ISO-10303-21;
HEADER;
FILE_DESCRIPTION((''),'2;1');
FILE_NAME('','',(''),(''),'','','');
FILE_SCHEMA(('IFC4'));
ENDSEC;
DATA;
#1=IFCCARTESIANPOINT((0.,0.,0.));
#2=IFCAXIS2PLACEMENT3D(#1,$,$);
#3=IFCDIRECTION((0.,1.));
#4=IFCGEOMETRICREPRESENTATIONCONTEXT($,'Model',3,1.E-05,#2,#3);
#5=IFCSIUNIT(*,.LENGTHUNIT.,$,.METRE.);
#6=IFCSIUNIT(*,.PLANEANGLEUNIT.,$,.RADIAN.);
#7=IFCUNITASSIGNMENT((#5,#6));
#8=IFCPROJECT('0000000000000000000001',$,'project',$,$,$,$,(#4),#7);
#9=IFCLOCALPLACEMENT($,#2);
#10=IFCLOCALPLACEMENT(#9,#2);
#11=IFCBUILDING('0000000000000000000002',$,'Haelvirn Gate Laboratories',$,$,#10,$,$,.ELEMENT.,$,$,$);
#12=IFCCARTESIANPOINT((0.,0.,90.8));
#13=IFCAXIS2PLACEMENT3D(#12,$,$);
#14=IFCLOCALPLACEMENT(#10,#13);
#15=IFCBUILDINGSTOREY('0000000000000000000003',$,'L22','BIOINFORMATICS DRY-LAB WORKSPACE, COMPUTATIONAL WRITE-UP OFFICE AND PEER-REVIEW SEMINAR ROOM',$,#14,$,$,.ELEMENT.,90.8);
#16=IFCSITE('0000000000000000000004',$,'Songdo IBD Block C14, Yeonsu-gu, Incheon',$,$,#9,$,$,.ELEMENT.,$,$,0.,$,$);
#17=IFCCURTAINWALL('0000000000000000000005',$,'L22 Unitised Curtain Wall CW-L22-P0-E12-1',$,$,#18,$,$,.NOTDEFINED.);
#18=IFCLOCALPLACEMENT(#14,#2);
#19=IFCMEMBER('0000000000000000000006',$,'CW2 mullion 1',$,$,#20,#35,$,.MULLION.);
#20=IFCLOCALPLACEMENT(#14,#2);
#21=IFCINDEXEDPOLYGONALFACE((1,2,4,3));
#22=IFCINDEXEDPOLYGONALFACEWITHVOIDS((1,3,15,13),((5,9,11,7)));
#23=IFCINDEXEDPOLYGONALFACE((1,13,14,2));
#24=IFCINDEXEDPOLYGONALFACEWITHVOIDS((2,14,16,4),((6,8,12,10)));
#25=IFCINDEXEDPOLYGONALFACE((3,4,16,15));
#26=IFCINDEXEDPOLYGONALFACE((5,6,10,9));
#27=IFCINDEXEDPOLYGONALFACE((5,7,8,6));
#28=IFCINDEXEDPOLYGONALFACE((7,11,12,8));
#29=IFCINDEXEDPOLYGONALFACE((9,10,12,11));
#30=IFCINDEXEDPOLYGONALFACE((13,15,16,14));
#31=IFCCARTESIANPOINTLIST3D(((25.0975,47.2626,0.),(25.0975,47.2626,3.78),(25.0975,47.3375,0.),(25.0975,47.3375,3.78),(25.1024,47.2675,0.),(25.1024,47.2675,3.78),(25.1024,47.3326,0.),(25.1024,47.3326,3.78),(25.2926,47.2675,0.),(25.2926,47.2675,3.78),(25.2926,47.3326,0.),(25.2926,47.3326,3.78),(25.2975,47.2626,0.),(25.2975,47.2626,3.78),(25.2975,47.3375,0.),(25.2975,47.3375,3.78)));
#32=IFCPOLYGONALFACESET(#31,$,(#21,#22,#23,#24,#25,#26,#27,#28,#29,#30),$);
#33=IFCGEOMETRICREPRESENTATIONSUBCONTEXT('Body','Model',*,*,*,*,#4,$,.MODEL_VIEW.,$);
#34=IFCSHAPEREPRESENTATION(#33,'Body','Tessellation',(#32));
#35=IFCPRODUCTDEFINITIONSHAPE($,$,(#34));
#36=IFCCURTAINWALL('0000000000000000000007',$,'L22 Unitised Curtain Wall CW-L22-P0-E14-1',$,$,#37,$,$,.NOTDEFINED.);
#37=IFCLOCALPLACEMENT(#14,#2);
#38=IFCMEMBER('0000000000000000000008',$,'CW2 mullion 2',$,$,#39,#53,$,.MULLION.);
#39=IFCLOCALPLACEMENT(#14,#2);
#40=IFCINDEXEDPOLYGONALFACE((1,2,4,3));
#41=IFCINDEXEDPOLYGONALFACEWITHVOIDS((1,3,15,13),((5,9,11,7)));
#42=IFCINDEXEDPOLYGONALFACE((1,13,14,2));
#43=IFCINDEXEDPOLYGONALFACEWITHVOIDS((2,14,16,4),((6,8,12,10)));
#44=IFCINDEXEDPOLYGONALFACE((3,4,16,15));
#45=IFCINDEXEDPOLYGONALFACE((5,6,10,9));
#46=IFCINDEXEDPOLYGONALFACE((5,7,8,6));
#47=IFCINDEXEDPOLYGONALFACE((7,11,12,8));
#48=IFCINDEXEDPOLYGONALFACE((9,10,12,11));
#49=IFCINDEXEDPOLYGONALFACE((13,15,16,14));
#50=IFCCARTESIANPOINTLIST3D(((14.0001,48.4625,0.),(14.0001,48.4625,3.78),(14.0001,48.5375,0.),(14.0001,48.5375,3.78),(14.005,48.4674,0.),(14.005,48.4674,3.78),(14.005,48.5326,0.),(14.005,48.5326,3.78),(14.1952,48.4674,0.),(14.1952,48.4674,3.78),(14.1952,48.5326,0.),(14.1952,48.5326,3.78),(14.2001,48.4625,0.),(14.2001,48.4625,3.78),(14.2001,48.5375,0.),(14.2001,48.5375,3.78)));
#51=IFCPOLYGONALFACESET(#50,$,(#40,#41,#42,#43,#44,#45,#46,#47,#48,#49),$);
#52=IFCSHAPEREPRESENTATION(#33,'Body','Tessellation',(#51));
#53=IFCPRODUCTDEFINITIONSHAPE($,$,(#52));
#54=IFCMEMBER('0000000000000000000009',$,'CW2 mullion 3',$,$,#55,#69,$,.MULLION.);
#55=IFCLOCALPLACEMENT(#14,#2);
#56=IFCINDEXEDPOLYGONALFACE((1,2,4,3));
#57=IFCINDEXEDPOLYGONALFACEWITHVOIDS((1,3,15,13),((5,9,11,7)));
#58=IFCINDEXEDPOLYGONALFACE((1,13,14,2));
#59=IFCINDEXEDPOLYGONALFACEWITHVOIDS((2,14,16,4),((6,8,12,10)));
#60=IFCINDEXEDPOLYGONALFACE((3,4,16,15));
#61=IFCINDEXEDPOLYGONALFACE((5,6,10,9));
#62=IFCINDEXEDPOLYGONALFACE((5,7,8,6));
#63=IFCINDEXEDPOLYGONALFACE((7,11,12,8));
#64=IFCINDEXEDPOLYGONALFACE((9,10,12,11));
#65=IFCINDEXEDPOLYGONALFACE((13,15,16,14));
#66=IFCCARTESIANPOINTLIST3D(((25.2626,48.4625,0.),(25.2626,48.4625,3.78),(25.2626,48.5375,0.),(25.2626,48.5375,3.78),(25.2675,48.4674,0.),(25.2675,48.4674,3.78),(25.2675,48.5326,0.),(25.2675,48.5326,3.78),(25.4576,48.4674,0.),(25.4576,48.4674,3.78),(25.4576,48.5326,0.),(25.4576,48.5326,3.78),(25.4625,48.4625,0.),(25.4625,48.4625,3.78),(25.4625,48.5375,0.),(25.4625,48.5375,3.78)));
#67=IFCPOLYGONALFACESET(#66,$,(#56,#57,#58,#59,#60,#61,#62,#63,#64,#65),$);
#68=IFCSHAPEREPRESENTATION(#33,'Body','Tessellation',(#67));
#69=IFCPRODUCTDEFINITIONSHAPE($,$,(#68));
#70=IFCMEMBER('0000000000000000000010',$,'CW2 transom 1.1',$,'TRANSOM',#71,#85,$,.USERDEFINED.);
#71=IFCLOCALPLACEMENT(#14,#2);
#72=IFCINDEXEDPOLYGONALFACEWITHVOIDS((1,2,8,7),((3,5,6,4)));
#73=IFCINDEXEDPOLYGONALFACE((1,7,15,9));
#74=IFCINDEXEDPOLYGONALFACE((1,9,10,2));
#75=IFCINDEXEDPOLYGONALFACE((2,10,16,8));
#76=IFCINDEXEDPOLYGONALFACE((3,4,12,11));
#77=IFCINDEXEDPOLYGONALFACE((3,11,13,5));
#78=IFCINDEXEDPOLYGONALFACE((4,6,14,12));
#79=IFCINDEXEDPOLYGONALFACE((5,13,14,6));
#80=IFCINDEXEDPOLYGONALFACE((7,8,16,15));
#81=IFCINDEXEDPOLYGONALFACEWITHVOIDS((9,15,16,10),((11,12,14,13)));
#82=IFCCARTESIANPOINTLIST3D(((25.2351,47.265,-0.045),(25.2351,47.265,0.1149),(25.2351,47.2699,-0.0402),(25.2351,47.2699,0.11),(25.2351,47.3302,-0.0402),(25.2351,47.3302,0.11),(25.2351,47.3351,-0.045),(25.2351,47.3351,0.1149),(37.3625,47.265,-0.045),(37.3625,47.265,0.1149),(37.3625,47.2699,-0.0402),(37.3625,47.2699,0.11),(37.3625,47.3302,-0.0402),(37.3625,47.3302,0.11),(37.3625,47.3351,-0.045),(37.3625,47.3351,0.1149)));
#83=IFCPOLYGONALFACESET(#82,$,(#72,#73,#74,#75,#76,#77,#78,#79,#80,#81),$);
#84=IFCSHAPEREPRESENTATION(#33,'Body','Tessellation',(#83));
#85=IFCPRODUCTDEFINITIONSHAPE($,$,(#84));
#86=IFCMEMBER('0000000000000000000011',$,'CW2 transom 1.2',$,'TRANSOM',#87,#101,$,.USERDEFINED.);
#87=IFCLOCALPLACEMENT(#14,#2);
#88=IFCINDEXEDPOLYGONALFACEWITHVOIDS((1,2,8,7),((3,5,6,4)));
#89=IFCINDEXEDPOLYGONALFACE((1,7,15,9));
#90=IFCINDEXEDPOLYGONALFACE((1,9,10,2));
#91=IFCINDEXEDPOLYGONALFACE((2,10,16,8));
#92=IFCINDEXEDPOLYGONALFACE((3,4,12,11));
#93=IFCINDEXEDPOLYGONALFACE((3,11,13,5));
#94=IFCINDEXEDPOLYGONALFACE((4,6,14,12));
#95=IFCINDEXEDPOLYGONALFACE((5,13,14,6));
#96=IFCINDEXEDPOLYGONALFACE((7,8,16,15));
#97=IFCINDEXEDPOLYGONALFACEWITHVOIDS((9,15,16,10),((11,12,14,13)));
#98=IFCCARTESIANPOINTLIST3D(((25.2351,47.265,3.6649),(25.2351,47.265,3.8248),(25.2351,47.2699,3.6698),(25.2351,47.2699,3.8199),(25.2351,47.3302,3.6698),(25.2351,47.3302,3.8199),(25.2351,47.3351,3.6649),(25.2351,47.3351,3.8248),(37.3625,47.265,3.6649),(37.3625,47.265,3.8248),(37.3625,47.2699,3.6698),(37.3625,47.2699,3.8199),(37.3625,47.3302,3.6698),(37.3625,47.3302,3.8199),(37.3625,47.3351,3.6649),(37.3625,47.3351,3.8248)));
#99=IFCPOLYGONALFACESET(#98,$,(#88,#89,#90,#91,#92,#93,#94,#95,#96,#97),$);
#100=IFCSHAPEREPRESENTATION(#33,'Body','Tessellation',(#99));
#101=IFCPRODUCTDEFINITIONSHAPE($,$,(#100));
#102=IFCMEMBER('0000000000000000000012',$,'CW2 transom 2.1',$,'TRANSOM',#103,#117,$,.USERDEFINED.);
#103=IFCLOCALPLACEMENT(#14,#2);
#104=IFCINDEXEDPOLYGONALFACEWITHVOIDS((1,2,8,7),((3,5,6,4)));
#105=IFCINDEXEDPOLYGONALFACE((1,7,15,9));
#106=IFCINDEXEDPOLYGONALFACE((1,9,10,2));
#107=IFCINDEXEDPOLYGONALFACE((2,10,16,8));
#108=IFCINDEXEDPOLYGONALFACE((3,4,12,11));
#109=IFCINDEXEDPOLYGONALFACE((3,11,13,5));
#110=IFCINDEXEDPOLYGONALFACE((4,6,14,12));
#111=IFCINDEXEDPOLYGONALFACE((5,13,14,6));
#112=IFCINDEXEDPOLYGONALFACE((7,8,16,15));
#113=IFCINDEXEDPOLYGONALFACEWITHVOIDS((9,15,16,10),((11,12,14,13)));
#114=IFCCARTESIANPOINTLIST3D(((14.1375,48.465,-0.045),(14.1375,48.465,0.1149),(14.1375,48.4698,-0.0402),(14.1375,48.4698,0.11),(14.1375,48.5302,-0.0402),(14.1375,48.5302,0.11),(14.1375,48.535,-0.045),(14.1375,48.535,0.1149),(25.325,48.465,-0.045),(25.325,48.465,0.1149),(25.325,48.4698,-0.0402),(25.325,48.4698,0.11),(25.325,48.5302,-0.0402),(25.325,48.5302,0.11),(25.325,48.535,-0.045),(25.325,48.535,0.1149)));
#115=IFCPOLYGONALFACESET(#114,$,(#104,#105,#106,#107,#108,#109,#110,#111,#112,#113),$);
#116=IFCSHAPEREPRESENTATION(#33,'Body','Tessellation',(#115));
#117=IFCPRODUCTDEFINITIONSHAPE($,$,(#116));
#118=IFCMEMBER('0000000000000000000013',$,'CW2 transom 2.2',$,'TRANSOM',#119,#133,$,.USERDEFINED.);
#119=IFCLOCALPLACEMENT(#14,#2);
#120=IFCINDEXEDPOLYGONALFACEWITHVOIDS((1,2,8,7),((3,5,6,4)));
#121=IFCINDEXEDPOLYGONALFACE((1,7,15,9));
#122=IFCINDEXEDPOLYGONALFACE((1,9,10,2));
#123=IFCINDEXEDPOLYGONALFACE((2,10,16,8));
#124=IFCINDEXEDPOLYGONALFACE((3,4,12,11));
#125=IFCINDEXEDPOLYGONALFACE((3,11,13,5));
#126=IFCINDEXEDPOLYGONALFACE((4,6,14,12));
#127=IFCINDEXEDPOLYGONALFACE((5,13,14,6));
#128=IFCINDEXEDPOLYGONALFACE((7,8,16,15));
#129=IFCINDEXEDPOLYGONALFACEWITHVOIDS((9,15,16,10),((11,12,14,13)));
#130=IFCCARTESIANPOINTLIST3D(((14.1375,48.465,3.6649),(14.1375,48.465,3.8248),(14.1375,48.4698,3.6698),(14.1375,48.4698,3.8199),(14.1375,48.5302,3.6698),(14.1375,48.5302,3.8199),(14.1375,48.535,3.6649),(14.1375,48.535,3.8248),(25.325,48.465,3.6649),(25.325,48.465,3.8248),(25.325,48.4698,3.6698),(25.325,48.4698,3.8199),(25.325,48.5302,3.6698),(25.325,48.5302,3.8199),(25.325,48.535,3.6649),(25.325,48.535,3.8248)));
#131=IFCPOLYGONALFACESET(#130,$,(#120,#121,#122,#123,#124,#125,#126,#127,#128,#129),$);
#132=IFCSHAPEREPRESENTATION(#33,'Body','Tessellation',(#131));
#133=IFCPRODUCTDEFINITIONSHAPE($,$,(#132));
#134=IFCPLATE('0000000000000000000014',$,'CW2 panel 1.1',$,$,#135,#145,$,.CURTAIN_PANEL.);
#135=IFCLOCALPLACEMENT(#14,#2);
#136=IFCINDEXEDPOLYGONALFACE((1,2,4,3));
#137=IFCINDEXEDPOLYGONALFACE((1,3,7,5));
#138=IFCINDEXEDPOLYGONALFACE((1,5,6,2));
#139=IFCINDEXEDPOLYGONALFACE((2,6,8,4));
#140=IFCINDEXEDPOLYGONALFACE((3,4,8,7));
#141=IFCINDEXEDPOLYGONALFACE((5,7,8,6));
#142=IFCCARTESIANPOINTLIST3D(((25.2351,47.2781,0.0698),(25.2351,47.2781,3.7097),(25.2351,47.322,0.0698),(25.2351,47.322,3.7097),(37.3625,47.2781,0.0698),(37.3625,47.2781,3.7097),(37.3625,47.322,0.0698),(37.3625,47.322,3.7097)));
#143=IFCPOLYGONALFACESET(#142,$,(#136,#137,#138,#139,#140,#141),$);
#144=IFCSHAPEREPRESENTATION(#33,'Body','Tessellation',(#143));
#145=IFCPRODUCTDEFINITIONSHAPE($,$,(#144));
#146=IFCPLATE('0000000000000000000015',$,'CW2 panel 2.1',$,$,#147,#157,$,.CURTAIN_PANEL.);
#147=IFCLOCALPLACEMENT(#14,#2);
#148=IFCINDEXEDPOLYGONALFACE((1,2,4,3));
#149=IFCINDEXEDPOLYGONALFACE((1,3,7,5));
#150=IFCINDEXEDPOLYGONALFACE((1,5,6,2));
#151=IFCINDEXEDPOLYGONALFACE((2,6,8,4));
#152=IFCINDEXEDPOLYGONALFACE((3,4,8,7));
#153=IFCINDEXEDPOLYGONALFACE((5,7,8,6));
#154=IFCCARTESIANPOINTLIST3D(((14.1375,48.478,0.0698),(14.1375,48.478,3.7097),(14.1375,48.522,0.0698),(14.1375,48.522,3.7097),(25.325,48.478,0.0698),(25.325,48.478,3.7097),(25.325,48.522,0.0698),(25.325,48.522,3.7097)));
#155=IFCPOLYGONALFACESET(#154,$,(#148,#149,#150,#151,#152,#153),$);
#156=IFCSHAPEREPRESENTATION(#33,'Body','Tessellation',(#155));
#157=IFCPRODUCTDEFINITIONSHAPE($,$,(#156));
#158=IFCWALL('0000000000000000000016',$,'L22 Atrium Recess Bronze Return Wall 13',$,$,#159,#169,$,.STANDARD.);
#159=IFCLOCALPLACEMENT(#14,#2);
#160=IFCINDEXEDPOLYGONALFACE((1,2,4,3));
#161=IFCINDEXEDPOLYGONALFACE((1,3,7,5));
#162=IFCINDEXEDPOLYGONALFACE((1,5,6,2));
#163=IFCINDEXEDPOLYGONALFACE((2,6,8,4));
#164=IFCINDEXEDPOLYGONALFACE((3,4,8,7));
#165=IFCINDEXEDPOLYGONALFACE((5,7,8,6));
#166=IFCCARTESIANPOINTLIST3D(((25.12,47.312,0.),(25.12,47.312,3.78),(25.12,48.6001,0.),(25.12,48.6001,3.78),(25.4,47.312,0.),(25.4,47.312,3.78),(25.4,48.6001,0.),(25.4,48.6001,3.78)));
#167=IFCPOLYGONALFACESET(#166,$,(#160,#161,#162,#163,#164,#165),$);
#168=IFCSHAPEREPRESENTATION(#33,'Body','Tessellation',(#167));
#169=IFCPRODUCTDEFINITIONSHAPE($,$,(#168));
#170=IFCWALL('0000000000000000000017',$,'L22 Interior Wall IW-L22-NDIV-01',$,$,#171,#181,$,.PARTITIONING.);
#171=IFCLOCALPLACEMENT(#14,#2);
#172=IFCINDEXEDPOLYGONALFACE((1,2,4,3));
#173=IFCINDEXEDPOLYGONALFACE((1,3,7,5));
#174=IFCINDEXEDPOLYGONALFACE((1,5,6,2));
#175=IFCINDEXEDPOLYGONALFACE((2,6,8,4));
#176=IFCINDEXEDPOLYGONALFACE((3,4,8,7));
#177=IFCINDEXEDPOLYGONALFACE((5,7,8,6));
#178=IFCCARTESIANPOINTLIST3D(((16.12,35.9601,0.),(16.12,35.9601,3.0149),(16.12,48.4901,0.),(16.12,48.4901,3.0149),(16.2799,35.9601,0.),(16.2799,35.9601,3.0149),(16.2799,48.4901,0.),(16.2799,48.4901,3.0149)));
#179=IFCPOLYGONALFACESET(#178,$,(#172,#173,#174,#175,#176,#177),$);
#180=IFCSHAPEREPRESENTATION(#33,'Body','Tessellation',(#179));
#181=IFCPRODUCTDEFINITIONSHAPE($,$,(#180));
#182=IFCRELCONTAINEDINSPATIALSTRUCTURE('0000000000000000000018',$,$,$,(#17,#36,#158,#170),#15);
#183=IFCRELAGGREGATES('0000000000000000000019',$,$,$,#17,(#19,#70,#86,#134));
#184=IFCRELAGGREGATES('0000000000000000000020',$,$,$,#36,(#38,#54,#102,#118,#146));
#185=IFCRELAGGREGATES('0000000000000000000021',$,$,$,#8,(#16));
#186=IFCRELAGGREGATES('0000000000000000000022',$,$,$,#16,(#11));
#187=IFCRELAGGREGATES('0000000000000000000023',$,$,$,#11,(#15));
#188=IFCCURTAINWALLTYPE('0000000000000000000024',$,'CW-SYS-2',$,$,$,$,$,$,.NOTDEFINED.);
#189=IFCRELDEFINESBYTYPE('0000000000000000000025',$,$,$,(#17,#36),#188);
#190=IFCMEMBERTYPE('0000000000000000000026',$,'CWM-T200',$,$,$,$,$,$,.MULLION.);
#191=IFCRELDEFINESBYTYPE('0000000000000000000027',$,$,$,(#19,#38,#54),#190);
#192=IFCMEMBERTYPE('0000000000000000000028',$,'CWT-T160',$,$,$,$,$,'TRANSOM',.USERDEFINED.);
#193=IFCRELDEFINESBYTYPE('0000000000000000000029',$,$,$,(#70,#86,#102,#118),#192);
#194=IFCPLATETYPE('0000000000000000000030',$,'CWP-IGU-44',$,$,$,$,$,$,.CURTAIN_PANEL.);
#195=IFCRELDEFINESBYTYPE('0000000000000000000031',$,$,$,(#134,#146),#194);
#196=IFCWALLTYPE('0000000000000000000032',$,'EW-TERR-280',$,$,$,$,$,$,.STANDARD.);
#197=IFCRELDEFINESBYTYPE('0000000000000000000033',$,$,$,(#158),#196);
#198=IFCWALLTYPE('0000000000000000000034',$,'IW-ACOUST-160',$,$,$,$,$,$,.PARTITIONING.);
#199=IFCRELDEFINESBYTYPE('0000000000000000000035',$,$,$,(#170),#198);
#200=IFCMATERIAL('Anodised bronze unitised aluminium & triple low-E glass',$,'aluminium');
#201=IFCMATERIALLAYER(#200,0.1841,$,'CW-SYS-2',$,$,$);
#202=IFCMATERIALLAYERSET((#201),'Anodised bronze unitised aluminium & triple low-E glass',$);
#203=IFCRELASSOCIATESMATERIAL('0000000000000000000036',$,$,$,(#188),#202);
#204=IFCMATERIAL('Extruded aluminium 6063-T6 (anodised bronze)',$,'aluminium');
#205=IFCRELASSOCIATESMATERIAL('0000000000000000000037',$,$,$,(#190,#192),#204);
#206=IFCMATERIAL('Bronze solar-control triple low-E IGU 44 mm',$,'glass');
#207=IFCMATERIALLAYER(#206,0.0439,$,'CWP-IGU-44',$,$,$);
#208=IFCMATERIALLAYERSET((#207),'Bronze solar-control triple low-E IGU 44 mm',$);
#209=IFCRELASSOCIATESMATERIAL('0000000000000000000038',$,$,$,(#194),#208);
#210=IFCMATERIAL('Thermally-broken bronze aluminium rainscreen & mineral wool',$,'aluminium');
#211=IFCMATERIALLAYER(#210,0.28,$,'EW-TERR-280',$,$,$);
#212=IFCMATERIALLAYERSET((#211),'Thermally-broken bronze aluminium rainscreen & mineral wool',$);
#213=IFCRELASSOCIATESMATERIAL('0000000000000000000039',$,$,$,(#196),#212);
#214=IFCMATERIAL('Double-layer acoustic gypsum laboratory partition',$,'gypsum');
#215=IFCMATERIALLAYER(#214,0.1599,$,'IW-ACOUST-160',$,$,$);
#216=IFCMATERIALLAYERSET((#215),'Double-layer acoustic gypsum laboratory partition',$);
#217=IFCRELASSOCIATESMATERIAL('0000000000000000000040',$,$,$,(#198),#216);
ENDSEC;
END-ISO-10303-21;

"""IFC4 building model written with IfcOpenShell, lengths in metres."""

from ifc_helpers import new_model, si_unit, direction, frame, frame_2d, origin, origin_2d, place, context, subcontext, project, spatial, rectangle, hollow_rectangle, extrude, source, transform, mapped, material, layer, layer_set, material_profile, profile_set, type_object, type_shapes, element, aggregate, save


model = new_model("IFC4")

# Units and contexts
model_context = context("Model", 3, precision=1e-05, world=origin(), true_north=direction((0.0, 1.0)))
body_context = subcontext(model_context, "Body", "Model", "MODEL_VIEW")
ifc_project = project(units=[si_unit("LENGTHUNIT", "METRE"), si_unit("PLANEANGLEUNIT", "RADIAN")], contexts=[model_context])

# Site, building, storey
site_placement = place(None, origin())
site = spatial("IfcSite", under=ifc_project, at=site_placement, Name="Songdo IBD Block C14, Yeonsu-gu, Incheon", CompositionType="ELEMENT", RefElevation=0.0)
building_placement = place(site_placement, origin())
building = spatial("IfcBuilding", under=site, at=building_placement, Name="Haelvirn Gate Laboratories", CompositionType="ELEMENT")
storey_placement = place(building_placement, frame((0.0, 0.0, 90.8)))
storey = spatial("IfcBuildingStorey", under=building, at=storey_placement, Name="L22", Description="BIOINFORMATICS DRY-LAB WORKSPACE, COMPUTATIONAL WRITE-UP OFFICE AND PEER-REVIEW SEMINAR ROOM", CompositionType="ELEMENT", Elevation=90.8)

# Curtain wall, member
ifc_material_1 = material(Name="Anodised bronze unitised aluminium & triple low-E glass", Category="aluminium")
ifc_layer_1 = layer(ifc_material_1, 0.1841, Name="CW-SYS-2")
ifc_layer_set_1 = layer_set([ifc_layer_1], Name="Anodised bronze unitised aluminium & triple low-E glass")
curtain_wall_type = type_object("IfcCurtainWallType", Name="CW-SYS-2", PredefinedType="NOTDEFINED", material=ifc_layer_set_1)
curtain_wall_1_placement = place(storey_placement, origin())
curtain_wall_1 = element("IfcCurtainWall", 1, at=curtain_wall_1_placement, inside=storey, type_object=curtain_wall_type, Name="L22 Unitised Curtain Wall CW-L22-P0-E12-1", PredefinedType="NOTDEFINED")
ifc_material_2 = material(Name="Extruded aluminium 6063-T6 (anodised bronze)", Category="aluminium")
ifc_material_profile_1 = material_profile(ifc_material_2, hollow_rectangle(XDim=0.075, YDim=0.2, WallThickness=0.0049, at=origin_2d()), Name="CWM-200x75x5")
ifc_profile_set_1 = profile_set([ifc_material_profile_1], Name="Extruded aluminium 6063-T6 (anodised bronze)")
member_type_1 = type_object("IfcMemberType", Name="CWM-T200", PredefinedType="MULLION", material=ifc_profile_set_1)
shared_shape_1 = source(origin(), body_context, "Body", "SweptSolid", [
    extrude(hollow_rectangle(XDim=0.075, YDim=0.2, WallThickness=0.0049, at=origin_2d()), origin(), (0.0, 0.0, 1.0), 3.78),
])
type_shapes(member_type_1, [shared_shape_1])
member_1_placement = place(storey_placement, frame((25.1975, 47.3, 0.0), z_axis=(0.0, 0.0, 1.0), x_axis=(0.0, 1.0, 0.0)))
member_1 = element("IfcMember", 2, at=member_1_placement, type_object=member_type_1, Name="CW2 mullion 1", PredefinedType="MULLION", context=body_context, shape_type="MappedRepresentation", body=[
    mapped(shared_shape_1, transform((0.0, 0.0, 0.0), scale=1.0)),
])

# Curtain wall, members
curtain_wall_2_placement = place(storey_placement, origin())
curtain_wall_2 = element("IfcCurtainWall", 3, at=curtain_wall_2_placement, inside=storey, type_object=curtain_wall_type, Name="L22 Unitised Curtain Wall CW-L22-P0-E14-1", PredefinedType="NOTDEFINED")
member_2_placement = place(storey_placement, frame((14.1001, 48.5, 0.0), z_axis=(0.0, 0.0, 1.0), x_axis=(0.0, 1.0, 0.0)))
member_2 = element("IfcMember", 4, at=member_2_placement, type_object=member_type_1, Name="CW2 mullion 2", PredefinedType="MULLION", context=body_context, shape_type="MappedRepresentation", body=[
    mapped(shared_shape_1, transform((0.0, 0.0, 0.0), scale=1.0)),
])
member_3_placement = place(storey_placement, frame((25.3625, 48.5, 0.0), z_axis=(0.0, 0.0, 1.0), x_axis=(0.0, 1.0, 0.0)))
member_3 = element("IfcMember", 5, at=member_3_placement, type_object=member_type_1, Name="CW2 mullion 3", PredefinedType="MULLION", context=body_context, shape_type="MappedRepresentation", body=[
    mapped(shared_shape_1, transform((0.0, 0.0, 0.0), scale=1.0)),
])

# Members
ifc_material_profile_2 = material_profile(ifc_material_2, hollow_rectangle(XDim=0.0701, YDim=0.1599, WallThickness=0.0049, at=origin_2d()), Name="CWT-160x70x5")
ifc_profile_set_2 = profile_set([ifc_material_profile_2], Name="Extruded aluminium 6063-T6 (anodised bronze)")
member_type_2 = type_object("IfcMemberType", Name="CWT-T160", ElementType="TRANSOM", PredefinedType="USERDEFINED", material=ifc_profile_set_2)
shared_shape_2 = source(origin(), body_context, "Body", "SweptSolid", [
    extrude(hollow_rectangle(XDim=0.0701, YDim=0.1599, WallThickness=0.0049, at=origin_2d()), origin(), (0.0, 0.0, 1.0), 12.1274),
])
member_4_placement = place(storey_placement, frame((25.2351, 47.3, 0.0349), z_axis=(1.0, 0.0, 0.0), x_axis=(0.0, 1.0, 0.0)))
member_4 = element("IfcMember", 6, at=member_4_placement, type_object=member_type_2, Name="CW2 transom 1.1", ObjectType="TRANSOM", PredefinedType="USERDEFINED", context=body_context, shape_type="MappedRepresentation", body=[
    mapped(shared_shape_2, transform((0.0, 0.0, 0.0), scale=1.0)),
])
member_5_placement = place(storey_placement, frame((25.2351, 47.3, 3.7449), z_axis=(1.0, 0.0, 0.0), x_axis=(0.0, 1.0, 0.0)))
member_5 = element("IfcMember", 7, at=member_5_placement, type_object=member_type_2, Name="CW2 transom 1.2", ObjectType="TRANSOM", PredefinedType="USERDEFINED", context=body_context, shape_type="MappedRepresentation", body=[
    mapped(shared_shape_2, transform((0.0, 0.0, 0.0), scale=1.0)),
])
shared_shape_3 = source(origin(), body_context, "Body", "SweptSolid", [
    extrude(hollow_rectangle(XDim=0.0701, YDim=0.1599, WallThickness=0.0049, at=origin_2d()), origin(), (0.0, 0.0, 1.0), 11.1875),
])
type_shapes(member_type_2, [shared_shape_2, shared_shape_3])
member_6_placement = place(storey_placement, frame((14.1375, 48.5, 0.0349), z_axis=(1.0, 0.0, 0.0), x_axis=(0.0, 1.0, 0.0)))
member_6 = element("IfcMember", 8, at=member_6_placement, type_object=member_type_2, Name="CW2 transom 2.1", ObjectType="TRANSOM", PredefinedType="USERDEFINED", context=body_context, shape_type="MappedRepresentation", body=[
    mapped(shared_shape_3, transform((0.0, 0.0, 0.0), scale=1.0)),
])
member_7_placement = place(storey_placement, frame((14.1375, 48.5, 3.7449), z_axis=(1.0, 0.0, 0.0), x_axis=(0.0, 1.0, 0.0)))
member_7 = element("IfcMember", 9, at=member_7_placement, type_object=member_type_2, Name="CW2 transom 2.2", ObjectType="TRANSOM", PredefinedType="USERDEFINED", context=body_context, shape_type="MappedRepresentation", body=[
    mapped(shared_shape_3, transform((0.0, 0.0, 0.0), scale=1.0)),
])

# Plates
ifc_material_3 = material(Name="Bronze solar-control triple low-E IGU 44 mm", Category="glass")
ifc_layer_2 = layer(ifc_material_3, 0.0439, Name="CWP-IGU-44")
ifc_layer_set_2 = layer_set([ifc_layer_2], Name="Bronze solar-control triple low-E IGU 44 mm")
plate_type = type_object("IfcPlateType", Name="CWP-IGU-44", PredefinedType="CURTAIN_PANEL", material=ifc_layer_set_2)
shared_shape_4 = source(origin(), body_context, "Body", "SweptSolid", [
    extrude(rectangle(XDim=12.1274, YDim=0.0439, at=origin_2d()), origin(), (0.0, 0.0, 1.0), 3.6399),
])
plate_1_placement = place(storey_placement, frame((31.2988, 47.3, 0.0698), z_axis=(0.0, 0.0, 1.0), x_axis=(1.0, 0.0, 0.0)))
plate_1 = element("IfcPlate", 10, at=plate_1_placement, type_object=plate_type, Name="CW2 panel 1.1", PredefinedType="CURTAIN_PANEL", context=body_context, shape_type="MappedRepresentation", body=[
    mapped(shared_shape_4, transform((0.0, 0.0, 0.0), scale=1.0)),
])
aggregate(curtain_wall_1, [member_1, member_4, member_5, plate_1])
shared_shape_5 = source(origin(), body_context, "Body", "SweptSolid", [
    extrude(rectangle(XDim=11.1875, YDim=0.0439, at=origin_2d()), origin(), (0.0, 0.0, 1.0), 3.6399),
])
type_shapes(plate_type, [shared_shape_4, shared_shape_5])
plate_2_placement = place(storey_placement, frame((19.7312, 48.5, 0.0698), z_axis=(0.0, 0.0, 1.0), x_axis=(1.0, 0.0, 0.0)))
plate_2 = element("IfcPlate", 11, at=plate_2_placement, type_object=plate_type, Name="CW2 panel 2.1", PredefinedType="CURTAIN_PANEL", context=body_context, shape_type="MappedRepresentation", body=[
    mapped(shared_shape_5, transform((0.0, 0.0, 0.0), scale=1.0)),
])
aggregate(curtain_wall_2, [member_2, member_3, member_6, member_7, plate_2])

# Walls
ifc_material_4 = material(Name="Thermally-broken bronze aluminium rainscreen & mineral wool", Category="aluminium")
ifc_layer_3 = layer(ifc_material_4, 0.28, Name="EW-TERR-280")
ifc_layer_set_3 = layer_set([ifc_layer_3], Name="Thermally-broken bronze aluminium rainscreen & mineral wool")
wall_type_1 = type_object("IfcWallType", Name="EW-TERR-280", PredefinedType="STANDARD", material=ifc_layer_set_3)
wall_1_placement = place(storey_placement, frame((25.26, 47.312, 0.0), z_axis=(0.0, 0.0, 1.0), x_axis=(0.0, 1.0, 0.0)))
element("IfcWall", 12, at=wall_1_placement, inside=storey, type_object=wall_type_1, Name="L22 Atrium Recess Bronze Return Wall 13", PredefinedType="STANDARD", context=body_context, shape_type="SweptSolid", body=[
    extrude(rectangle(XDim=1.2881, YDim=0.28, at=frame_2d((0.644, 0.0))), origin(), (0.0, 0.0, 1.0), 3.78),
])
ifc_material_5 = material(Name="Double-layer acoustic gypsum laboratory partition", Category="gypsum")
ifc_layer_4 = layer(ifc_material_5, 0.1599, Name="IW-ACOUST-160")
ifc_layer_set_4 = layer_set([ifc_layer_4], Name="Double-layer acoustic gypsum laboratory partition")
wall_type_2 = type_object("IfcWallType", Name="IW-ACOUST-160", PredefinedType="PARTITIONING", material=ifc_layer_set_4)
wall_2_placement = place(storey_placement, frame((16.2, 35.96, 0.0), z_axis=(0.0, 0.0, 1.0), x_axis=(0.0, 1.0, 0.0)))
element("IfcWall", 13, at=wall_2_placement, inside=storey, type_object=wall_type_2, Name="L22 Interior Wall IW-L22-NDIV-01", PredefinedType="PARTITIONING", context=body_context, shape_type="SweptSolid", body=[
    extrude(rectangle(XDim=12.53, YDim=0.1599, at=frame_2d((6.2651, 0.0))), origin(), (0.0, 0.0, 1.0), 3.0149),
])

save(model, "model.ifc")
